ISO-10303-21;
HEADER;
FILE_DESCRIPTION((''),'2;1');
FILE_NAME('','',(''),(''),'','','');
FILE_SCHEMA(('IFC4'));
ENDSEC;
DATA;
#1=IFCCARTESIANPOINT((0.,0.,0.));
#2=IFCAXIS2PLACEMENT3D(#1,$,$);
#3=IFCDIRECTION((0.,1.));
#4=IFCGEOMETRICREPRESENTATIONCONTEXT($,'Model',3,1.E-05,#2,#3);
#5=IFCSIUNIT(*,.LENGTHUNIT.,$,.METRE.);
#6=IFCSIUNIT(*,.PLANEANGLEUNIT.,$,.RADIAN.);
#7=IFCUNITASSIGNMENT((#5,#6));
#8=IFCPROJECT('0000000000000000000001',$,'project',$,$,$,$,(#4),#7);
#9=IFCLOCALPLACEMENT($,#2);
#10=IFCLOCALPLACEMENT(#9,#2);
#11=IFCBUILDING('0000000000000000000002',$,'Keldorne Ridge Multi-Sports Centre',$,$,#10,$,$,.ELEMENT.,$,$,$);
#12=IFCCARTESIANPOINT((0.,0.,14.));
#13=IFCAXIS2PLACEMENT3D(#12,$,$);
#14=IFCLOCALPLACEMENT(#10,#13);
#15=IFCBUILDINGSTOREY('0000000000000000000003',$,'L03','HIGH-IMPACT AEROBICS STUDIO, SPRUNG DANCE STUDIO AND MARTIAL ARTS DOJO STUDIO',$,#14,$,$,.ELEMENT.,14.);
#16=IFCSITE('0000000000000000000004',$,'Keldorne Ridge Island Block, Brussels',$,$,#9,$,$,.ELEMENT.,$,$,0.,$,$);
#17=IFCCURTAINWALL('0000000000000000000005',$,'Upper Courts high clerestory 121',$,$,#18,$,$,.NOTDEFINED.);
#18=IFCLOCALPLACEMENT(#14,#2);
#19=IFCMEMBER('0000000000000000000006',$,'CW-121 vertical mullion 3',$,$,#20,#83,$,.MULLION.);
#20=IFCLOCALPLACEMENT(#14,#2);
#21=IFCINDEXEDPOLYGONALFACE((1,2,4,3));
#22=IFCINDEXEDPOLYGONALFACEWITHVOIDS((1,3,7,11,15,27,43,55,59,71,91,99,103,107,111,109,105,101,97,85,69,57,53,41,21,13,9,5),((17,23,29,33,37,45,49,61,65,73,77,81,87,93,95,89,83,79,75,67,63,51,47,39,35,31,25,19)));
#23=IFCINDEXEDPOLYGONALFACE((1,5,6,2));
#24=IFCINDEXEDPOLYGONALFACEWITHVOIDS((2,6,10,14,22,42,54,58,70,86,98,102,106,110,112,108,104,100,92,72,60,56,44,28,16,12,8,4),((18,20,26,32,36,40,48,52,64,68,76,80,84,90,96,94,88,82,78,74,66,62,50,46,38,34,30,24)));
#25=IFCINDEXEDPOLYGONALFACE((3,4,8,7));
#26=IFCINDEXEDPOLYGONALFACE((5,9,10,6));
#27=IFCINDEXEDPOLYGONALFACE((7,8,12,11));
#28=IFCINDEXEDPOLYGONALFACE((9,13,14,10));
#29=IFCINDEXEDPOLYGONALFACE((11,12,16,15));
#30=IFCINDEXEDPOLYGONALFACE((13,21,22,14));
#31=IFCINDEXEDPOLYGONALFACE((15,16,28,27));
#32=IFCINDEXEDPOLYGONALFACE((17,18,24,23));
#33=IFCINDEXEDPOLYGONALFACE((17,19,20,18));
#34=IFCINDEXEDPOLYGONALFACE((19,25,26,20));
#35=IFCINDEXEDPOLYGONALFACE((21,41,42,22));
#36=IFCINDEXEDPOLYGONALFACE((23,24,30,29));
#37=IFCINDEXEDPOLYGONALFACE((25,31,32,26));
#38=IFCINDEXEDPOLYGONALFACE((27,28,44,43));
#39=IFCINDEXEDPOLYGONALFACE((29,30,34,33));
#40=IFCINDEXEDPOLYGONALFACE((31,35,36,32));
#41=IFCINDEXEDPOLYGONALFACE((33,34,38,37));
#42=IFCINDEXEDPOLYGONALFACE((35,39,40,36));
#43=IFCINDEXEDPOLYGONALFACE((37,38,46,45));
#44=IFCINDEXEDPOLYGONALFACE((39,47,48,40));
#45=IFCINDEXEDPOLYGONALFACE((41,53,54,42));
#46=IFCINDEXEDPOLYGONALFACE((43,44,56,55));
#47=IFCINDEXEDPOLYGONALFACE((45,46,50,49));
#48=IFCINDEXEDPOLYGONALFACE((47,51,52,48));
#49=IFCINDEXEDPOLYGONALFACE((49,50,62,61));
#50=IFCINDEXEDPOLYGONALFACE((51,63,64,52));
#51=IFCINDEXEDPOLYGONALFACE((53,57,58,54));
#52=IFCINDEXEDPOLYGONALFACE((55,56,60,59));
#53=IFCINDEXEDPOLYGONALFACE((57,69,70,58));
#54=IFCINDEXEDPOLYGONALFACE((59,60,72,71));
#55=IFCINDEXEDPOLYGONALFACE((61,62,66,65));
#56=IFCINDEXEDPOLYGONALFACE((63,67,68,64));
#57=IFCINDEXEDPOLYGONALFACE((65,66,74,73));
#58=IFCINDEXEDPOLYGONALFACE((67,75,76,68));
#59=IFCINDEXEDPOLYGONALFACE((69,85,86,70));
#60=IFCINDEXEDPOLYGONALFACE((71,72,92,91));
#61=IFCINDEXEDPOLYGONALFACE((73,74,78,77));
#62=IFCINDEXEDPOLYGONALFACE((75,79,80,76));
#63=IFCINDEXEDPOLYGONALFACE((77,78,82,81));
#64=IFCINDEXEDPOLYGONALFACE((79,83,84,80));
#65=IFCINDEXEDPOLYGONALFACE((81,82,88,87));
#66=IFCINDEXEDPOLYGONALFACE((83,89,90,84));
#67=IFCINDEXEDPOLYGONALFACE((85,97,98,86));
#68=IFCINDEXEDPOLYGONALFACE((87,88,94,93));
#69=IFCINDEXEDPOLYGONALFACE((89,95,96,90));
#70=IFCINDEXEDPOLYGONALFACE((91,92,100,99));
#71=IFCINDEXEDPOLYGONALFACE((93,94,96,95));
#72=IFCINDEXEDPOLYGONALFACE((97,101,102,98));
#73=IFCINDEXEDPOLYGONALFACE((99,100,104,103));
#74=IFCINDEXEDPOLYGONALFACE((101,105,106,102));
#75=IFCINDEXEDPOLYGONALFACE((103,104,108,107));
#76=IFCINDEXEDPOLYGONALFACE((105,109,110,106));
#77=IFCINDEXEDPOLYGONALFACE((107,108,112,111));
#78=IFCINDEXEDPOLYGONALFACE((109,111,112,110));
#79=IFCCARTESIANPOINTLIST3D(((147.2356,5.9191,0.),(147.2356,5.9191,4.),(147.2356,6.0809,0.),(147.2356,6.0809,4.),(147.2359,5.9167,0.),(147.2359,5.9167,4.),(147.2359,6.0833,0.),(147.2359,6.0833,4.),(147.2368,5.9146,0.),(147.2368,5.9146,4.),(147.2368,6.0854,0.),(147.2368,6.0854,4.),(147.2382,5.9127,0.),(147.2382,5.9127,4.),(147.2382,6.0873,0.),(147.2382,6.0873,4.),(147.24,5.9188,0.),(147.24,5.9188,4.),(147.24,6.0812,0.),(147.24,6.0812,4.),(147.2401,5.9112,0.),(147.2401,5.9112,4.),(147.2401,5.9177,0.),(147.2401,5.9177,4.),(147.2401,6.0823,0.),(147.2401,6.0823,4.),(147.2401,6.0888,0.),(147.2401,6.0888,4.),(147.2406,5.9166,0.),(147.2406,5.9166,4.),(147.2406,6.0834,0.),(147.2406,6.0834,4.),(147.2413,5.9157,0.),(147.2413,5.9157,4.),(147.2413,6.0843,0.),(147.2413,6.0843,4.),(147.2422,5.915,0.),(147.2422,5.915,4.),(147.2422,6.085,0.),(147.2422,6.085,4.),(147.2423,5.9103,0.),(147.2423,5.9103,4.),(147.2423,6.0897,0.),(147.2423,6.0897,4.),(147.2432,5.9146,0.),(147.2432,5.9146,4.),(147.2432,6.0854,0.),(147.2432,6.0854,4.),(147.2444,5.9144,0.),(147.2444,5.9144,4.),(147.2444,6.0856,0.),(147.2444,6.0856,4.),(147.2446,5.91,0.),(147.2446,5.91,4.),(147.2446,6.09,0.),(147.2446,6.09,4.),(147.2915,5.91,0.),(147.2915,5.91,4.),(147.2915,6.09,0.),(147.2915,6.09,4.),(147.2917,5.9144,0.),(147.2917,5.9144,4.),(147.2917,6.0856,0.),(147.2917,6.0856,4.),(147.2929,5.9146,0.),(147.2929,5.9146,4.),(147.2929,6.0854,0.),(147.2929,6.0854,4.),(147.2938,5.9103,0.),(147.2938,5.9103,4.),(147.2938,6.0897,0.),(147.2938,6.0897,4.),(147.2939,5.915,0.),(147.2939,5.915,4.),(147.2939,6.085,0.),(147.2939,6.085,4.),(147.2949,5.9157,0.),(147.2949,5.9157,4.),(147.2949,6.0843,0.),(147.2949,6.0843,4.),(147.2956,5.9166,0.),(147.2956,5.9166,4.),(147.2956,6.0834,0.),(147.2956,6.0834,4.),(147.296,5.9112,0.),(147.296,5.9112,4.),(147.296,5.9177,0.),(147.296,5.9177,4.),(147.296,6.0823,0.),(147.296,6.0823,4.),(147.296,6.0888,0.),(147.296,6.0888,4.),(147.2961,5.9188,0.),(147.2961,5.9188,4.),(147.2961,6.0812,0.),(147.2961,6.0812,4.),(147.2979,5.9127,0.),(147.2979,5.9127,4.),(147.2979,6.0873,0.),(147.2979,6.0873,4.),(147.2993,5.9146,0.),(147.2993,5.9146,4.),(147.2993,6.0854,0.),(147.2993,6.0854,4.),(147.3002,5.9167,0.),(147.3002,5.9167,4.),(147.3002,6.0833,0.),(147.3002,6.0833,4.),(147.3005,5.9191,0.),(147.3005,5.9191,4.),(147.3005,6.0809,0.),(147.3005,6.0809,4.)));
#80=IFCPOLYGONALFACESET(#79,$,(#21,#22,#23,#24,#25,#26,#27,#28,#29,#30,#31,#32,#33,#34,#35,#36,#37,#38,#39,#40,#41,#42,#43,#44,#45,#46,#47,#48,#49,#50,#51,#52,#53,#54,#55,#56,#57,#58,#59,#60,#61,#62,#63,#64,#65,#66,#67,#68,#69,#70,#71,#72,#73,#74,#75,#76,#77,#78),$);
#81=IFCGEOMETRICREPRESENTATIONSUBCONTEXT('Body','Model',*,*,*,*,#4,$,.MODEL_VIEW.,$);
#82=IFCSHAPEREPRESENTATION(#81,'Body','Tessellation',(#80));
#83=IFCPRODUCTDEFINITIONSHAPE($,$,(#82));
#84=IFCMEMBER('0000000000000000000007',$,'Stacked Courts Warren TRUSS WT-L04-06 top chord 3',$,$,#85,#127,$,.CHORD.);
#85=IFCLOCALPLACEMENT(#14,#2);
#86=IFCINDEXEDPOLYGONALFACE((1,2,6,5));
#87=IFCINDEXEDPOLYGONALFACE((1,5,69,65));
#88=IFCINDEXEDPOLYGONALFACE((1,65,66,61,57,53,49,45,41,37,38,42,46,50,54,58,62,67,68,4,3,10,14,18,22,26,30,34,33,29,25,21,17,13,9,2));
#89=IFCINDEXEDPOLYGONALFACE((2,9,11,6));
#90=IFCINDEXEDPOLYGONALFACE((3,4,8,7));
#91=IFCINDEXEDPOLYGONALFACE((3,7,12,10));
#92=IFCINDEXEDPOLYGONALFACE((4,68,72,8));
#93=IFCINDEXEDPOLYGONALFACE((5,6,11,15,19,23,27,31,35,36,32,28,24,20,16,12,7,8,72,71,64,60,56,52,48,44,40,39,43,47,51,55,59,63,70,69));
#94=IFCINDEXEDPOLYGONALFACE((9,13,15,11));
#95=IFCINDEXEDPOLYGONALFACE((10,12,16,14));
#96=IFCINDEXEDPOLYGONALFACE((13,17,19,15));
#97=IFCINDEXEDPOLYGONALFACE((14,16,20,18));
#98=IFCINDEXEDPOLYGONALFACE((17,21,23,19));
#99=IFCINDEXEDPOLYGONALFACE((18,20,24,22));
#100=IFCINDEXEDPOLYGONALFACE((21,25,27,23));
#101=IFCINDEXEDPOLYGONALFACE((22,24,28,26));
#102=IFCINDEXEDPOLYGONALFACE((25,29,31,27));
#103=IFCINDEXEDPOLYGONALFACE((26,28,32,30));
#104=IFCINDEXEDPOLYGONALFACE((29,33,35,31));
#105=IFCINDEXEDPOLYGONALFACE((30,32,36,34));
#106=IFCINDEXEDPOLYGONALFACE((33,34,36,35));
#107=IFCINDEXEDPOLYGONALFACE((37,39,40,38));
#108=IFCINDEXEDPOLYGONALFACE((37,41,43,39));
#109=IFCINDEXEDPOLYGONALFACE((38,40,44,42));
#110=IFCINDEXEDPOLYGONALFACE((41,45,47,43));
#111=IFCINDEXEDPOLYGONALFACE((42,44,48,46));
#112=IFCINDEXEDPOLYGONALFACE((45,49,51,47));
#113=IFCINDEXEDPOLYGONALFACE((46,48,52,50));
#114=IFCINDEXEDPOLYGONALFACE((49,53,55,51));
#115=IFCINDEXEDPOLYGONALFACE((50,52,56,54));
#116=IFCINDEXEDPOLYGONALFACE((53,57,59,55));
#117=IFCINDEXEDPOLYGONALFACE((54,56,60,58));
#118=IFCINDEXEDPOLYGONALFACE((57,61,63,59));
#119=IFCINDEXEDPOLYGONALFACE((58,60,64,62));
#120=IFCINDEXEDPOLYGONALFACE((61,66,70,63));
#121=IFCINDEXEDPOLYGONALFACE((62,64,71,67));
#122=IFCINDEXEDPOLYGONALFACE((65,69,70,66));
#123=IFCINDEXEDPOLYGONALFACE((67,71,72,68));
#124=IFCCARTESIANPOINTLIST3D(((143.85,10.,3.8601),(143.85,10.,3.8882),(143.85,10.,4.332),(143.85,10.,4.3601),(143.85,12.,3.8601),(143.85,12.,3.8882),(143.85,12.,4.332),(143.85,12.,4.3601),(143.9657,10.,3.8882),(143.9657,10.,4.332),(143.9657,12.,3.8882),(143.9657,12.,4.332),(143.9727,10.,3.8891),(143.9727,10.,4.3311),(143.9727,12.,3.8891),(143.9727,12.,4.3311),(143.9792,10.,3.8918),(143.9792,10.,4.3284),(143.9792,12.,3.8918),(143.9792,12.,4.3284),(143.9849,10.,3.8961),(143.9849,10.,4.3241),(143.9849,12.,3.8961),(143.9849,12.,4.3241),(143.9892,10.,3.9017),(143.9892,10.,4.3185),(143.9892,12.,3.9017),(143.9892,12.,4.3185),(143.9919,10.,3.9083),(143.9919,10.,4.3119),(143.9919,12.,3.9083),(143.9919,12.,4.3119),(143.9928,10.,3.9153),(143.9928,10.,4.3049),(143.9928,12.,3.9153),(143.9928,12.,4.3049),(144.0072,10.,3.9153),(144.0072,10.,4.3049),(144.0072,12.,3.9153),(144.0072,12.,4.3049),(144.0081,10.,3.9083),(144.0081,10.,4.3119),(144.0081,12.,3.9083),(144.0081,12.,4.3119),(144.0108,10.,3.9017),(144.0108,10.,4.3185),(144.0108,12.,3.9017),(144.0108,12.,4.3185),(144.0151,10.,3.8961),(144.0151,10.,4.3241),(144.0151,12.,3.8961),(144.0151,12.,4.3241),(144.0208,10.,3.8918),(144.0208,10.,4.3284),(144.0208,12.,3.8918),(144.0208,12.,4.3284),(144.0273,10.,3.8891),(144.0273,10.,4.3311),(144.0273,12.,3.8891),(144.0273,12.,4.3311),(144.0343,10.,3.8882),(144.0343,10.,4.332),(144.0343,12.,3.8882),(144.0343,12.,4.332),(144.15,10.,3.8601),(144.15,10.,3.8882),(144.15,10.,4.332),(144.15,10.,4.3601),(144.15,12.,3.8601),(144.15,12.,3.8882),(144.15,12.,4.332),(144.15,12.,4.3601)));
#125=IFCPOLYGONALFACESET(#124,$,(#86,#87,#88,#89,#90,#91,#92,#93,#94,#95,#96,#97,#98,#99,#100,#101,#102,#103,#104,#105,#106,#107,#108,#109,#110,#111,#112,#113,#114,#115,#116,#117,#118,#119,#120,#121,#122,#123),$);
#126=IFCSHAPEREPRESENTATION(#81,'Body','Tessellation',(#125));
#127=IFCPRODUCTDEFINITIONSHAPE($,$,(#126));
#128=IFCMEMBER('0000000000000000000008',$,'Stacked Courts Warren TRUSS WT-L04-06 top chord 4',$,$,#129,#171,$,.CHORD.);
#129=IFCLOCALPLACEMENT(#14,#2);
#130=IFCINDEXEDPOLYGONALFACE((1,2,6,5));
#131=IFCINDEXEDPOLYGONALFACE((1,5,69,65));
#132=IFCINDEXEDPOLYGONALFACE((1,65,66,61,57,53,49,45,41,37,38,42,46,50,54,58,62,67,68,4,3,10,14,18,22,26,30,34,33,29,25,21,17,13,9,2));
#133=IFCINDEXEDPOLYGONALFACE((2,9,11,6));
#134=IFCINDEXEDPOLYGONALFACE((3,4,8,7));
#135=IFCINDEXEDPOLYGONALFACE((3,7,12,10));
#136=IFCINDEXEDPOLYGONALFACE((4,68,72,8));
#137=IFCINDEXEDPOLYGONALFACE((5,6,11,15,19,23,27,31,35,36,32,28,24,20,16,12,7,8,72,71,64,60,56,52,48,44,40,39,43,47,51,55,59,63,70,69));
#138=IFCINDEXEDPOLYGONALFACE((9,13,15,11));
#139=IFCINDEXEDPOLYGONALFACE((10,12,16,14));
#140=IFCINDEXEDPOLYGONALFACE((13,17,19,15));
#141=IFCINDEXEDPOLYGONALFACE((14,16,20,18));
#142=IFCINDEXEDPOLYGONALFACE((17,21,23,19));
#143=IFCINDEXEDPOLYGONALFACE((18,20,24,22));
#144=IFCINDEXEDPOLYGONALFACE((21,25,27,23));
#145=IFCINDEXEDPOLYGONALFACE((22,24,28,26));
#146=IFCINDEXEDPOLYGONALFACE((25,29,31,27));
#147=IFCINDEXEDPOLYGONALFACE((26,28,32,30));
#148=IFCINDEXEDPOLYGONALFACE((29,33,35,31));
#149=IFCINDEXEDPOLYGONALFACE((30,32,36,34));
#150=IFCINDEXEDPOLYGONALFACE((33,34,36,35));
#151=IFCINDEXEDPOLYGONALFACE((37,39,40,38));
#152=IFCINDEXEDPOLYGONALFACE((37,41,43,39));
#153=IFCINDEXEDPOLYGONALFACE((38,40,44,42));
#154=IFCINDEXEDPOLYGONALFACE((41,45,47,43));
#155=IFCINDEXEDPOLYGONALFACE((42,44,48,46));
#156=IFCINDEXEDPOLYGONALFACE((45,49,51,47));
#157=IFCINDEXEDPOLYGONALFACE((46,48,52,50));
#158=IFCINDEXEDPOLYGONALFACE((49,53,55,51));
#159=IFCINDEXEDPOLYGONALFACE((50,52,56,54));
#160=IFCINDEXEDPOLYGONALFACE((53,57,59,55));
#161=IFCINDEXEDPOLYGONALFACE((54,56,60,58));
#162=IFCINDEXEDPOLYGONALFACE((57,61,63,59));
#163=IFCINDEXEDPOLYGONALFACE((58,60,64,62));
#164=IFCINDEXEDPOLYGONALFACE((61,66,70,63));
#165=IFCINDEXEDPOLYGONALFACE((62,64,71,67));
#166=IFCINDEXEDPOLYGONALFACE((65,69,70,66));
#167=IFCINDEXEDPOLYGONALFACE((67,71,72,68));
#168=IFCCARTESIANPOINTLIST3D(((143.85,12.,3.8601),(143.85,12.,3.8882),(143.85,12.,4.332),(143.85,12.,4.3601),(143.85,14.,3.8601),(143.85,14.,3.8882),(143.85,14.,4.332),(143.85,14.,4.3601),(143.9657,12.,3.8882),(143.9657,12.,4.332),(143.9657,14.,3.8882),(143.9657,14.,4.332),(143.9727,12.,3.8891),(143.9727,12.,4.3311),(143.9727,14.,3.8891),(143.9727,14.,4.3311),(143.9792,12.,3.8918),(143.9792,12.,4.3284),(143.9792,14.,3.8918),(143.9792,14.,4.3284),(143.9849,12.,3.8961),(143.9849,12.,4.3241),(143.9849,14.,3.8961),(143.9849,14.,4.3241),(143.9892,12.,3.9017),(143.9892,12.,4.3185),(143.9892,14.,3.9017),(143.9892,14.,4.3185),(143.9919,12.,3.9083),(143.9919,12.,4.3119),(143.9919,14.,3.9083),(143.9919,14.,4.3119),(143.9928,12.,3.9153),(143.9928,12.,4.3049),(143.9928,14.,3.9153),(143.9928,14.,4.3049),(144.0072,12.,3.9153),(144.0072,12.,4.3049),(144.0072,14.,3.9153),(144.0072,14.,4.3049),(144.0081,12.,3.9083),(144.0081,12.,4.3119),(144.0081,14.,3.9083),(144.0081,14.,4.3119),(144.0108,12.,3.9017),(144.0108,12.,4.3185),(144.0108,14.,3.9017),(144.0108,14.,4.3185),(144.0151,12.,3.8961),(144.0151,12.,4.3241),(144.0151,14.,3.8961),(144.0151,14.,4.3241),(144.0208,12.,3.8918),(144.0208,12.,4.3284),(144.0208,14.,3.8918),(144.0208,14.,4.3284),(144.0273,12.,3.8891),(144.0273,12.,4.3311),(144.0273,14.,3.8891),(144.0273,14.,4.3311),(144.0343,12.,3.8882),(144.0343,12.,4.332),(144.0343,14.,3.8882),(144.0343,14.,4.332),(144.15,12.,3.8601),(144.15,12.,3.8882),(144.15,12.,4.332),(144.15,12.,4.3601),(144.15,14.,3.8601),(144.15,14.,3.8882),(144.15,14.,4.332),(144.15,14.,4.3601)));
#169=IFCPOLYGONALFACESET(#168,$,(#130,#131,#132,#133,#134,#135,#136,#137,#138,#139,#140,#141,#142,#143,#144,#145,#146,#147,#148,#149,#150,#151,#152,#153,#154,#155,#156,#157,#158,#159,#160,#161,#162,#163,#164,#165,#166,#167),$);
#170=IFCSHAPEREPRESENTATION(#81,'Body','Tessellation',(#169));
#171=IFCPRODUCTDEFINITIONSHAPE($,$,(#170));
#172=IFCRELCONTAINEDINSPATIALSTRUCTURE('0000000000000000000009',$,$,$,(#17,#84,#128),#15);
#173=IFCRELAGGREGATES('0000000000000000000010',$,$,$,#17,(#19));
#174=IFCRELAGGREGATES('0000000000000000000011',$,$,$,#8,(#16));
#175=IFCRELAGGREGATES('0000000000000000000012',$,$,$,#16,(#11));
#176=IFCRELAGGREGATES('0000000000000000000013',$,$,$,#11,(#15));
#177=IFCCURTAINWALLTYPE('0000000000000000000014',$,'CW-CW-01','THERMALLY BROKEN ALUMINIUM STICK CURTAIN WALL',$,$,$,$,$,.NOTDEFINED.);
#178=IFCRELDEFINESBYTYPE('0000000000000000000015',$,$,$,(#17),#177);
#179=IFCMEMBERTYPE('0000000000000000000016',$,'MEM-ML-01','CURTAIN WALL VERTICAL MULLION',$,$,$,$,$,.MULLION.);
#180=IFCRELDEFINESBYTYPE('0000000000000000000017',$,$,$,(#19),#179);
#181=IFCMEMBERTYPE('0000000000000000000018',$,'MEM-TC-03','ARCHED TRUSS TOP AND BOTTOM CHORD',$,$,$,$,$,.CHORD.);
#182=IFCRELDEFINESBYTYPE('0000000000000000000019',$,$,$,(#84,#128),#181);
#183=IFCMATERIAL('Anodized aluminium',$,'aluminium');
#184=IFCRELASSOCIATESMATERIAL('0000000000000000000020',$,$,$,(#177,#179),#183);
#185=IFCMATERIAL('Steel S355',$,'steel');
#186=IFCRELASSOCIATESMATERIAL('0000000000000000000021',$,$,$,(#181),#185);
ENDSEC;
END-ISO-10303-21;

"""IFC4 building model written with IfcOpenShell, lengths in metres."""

from ifc_helpers import new_model, si_unit, direction, frame, origin, origin_2d, place, context, subcontext, project, spatial, hollow_rectangle, i_section, extrude, material, material_profile, profile_set, type_object, element, aggregate, save


model = new_model("IFC4")

# Units and contexts
model_context = context("Model", 3, precision=1e-05, world=origin(), true_north=direction((0.0, 1.0)))
body_context = subcontext(model_context, "Body", "Model", "MODEL_VIEW")
ifc_project = project(units=[si_unit("LENGTHUNIT", "METRE"), si_unit("PLANEANGLEUNIT", "RADIAN")], contexts=[model_context])

# Site, building, storey
site_placement = place(None, origin())
site = spatial("IfcSite", under=ifc_project, at=site_placement, Name="Keldorne Ridge Island Block, Brussels", CompositionType="ELEMENT", RefElevation=0.0)
building_placement = place(site_placement, origin())
building = spatial("IfcBuilding", under=site, at=building_placement, Name="Keldorne Ridge Multi-Sports Centre", CompositionType="ELEMENT")
storey_placement = place(building_placement, frame((0.0, 0.0, 14.0)))
storey = spatial("IfcBuildingStorey", under=building, at=storey_placement, Name="L03", Description="HIGH-IMPACT AEROBICS STUDIO, SPRUNG DANCE STUDIO AND MARTIAL ARTS DOJO STUDIO", CompositionType="ELEMENT", Elevation=14.0)

# Curtain wall, member
ifc_material_1 = material(Name="Anodized aluminium", Category="aluminium")
curtain_wall_type = type_object("IfcCurtainWallType", Name="CW-CW-01", Description="THERMALLY BROKEN ALUMINIUM STICK CURTAIN WALL", PredefinedType="NOTDEFINED", material=ifc_material_1)
curtain_wall_placement = place(storey_placement, origin())
curtain_wall = element("IfcCurtainWall", 1, at=curtain_wall_placement, inside=storey, type_object=curtain_wall_type, Name="Upper Courts high clerestory 121", PredefinedType="NOTDEFINED")
ifc_material_profile_1 = material_profile(ifc_material_1, hollow_rectangle(XDim=0.0649, YDim=0.1799, WallThickness=0.0044, InnerFilletRadius=0.0044, OuterFilletRadius=0.009, at=origin_2d()), Name="ALU MULLION 180x65x4.5")
ifc_profile_set_1 = profile_set([ifc_material_profile_1], Name="Anodized aluminium")
member_type_1 = type_object("IfcMemberType", Name="MEM-ML-01", Description="CURTAIN WALL VERTICAL MULLION", PredefinedType="MULLION", material=ifc_profile_set_1)
member_1_placement = place(storey_placement, frame((147.2681, 6.0, 0.0), z_axis=(0.0, 0.0, 1.0), x_axis=(1.0, 0.0, 0.0)))
member_1 = element("IfcMember", 2, at=member_1_placement, type_object=member_type_1, Name="CW-121 vertical mullion 3", PredefinedType="MULLION", context=body_context, shape_type="SweptSolid", body=[
    extrude(hollow_rectangle(XDim=0.0649, YDim=0.1799, WallThickness=0.0044, InnerFilletRadius=0.0044, OuterFilletRadius=0.009, at=origin_2d()), origin(), (0.0, 0.0, 1.0), 4.0),
])

# Members
ifc_material_2 = material(Name="Steel S355", Category="steel")
ifc_material_profile_2 = material_profile(ifc_material_2, i_section(OverallWidth=0.3, OverallDepth=0.5, WebThickness=0.0144, FlangeThickness=0.0281, FilletRadius=0.0271, at=origin_2d()), Name="HEB 500")
ifc_profile_set_2 = profile_set([ifc_material_profile_2], Name="Steel S355")
member_type_2 = type_object("IfcMemberType", Name="MEM-TC-03", Description="ARCHED TRUSS TOP AND BOTTOM CHORD", PredefinedType="CHORD", material=ifc_profile_set_2)
for number, where, z_axis, x_axis, name in (
    (3, (144.0, 10.0, 4.1101), (0.0, 1.0, 0.0), (-1.0, 0.0, 0.0), "Stacked Courts Warren TRUSS WT-L04-06 top chord 3"),
    (4, (144.0, 12.0, 4.1101), (0.0, 1.0, 0.0), (-1.0, 0.0, 0.0), "Stacked Courts Warren TRUSS WT-L04-06 top chord 4"),
):
    element("IfcMember", number, at=place(storey_placement, frame(where, z_axis=z_axis, x_axis=x_axis)), inside=storey, type_object=member_type_2, Name=name, PredefinedType="CHORD", context=body_context, shape_type="SweptSolid", body=[
        extrude(i_section(OverallWidth=0.3, OverallDepth=0.5, WebThickness=0.0144, FlangeThickness=0.0281, FilletRadius=0.0271, at=origin_2d()), origin(), (0.0, 0.0, 1.0), 2.0),
    ])

aggregate(curtain_wall, [member_1])

save(model, "model.ifc")
